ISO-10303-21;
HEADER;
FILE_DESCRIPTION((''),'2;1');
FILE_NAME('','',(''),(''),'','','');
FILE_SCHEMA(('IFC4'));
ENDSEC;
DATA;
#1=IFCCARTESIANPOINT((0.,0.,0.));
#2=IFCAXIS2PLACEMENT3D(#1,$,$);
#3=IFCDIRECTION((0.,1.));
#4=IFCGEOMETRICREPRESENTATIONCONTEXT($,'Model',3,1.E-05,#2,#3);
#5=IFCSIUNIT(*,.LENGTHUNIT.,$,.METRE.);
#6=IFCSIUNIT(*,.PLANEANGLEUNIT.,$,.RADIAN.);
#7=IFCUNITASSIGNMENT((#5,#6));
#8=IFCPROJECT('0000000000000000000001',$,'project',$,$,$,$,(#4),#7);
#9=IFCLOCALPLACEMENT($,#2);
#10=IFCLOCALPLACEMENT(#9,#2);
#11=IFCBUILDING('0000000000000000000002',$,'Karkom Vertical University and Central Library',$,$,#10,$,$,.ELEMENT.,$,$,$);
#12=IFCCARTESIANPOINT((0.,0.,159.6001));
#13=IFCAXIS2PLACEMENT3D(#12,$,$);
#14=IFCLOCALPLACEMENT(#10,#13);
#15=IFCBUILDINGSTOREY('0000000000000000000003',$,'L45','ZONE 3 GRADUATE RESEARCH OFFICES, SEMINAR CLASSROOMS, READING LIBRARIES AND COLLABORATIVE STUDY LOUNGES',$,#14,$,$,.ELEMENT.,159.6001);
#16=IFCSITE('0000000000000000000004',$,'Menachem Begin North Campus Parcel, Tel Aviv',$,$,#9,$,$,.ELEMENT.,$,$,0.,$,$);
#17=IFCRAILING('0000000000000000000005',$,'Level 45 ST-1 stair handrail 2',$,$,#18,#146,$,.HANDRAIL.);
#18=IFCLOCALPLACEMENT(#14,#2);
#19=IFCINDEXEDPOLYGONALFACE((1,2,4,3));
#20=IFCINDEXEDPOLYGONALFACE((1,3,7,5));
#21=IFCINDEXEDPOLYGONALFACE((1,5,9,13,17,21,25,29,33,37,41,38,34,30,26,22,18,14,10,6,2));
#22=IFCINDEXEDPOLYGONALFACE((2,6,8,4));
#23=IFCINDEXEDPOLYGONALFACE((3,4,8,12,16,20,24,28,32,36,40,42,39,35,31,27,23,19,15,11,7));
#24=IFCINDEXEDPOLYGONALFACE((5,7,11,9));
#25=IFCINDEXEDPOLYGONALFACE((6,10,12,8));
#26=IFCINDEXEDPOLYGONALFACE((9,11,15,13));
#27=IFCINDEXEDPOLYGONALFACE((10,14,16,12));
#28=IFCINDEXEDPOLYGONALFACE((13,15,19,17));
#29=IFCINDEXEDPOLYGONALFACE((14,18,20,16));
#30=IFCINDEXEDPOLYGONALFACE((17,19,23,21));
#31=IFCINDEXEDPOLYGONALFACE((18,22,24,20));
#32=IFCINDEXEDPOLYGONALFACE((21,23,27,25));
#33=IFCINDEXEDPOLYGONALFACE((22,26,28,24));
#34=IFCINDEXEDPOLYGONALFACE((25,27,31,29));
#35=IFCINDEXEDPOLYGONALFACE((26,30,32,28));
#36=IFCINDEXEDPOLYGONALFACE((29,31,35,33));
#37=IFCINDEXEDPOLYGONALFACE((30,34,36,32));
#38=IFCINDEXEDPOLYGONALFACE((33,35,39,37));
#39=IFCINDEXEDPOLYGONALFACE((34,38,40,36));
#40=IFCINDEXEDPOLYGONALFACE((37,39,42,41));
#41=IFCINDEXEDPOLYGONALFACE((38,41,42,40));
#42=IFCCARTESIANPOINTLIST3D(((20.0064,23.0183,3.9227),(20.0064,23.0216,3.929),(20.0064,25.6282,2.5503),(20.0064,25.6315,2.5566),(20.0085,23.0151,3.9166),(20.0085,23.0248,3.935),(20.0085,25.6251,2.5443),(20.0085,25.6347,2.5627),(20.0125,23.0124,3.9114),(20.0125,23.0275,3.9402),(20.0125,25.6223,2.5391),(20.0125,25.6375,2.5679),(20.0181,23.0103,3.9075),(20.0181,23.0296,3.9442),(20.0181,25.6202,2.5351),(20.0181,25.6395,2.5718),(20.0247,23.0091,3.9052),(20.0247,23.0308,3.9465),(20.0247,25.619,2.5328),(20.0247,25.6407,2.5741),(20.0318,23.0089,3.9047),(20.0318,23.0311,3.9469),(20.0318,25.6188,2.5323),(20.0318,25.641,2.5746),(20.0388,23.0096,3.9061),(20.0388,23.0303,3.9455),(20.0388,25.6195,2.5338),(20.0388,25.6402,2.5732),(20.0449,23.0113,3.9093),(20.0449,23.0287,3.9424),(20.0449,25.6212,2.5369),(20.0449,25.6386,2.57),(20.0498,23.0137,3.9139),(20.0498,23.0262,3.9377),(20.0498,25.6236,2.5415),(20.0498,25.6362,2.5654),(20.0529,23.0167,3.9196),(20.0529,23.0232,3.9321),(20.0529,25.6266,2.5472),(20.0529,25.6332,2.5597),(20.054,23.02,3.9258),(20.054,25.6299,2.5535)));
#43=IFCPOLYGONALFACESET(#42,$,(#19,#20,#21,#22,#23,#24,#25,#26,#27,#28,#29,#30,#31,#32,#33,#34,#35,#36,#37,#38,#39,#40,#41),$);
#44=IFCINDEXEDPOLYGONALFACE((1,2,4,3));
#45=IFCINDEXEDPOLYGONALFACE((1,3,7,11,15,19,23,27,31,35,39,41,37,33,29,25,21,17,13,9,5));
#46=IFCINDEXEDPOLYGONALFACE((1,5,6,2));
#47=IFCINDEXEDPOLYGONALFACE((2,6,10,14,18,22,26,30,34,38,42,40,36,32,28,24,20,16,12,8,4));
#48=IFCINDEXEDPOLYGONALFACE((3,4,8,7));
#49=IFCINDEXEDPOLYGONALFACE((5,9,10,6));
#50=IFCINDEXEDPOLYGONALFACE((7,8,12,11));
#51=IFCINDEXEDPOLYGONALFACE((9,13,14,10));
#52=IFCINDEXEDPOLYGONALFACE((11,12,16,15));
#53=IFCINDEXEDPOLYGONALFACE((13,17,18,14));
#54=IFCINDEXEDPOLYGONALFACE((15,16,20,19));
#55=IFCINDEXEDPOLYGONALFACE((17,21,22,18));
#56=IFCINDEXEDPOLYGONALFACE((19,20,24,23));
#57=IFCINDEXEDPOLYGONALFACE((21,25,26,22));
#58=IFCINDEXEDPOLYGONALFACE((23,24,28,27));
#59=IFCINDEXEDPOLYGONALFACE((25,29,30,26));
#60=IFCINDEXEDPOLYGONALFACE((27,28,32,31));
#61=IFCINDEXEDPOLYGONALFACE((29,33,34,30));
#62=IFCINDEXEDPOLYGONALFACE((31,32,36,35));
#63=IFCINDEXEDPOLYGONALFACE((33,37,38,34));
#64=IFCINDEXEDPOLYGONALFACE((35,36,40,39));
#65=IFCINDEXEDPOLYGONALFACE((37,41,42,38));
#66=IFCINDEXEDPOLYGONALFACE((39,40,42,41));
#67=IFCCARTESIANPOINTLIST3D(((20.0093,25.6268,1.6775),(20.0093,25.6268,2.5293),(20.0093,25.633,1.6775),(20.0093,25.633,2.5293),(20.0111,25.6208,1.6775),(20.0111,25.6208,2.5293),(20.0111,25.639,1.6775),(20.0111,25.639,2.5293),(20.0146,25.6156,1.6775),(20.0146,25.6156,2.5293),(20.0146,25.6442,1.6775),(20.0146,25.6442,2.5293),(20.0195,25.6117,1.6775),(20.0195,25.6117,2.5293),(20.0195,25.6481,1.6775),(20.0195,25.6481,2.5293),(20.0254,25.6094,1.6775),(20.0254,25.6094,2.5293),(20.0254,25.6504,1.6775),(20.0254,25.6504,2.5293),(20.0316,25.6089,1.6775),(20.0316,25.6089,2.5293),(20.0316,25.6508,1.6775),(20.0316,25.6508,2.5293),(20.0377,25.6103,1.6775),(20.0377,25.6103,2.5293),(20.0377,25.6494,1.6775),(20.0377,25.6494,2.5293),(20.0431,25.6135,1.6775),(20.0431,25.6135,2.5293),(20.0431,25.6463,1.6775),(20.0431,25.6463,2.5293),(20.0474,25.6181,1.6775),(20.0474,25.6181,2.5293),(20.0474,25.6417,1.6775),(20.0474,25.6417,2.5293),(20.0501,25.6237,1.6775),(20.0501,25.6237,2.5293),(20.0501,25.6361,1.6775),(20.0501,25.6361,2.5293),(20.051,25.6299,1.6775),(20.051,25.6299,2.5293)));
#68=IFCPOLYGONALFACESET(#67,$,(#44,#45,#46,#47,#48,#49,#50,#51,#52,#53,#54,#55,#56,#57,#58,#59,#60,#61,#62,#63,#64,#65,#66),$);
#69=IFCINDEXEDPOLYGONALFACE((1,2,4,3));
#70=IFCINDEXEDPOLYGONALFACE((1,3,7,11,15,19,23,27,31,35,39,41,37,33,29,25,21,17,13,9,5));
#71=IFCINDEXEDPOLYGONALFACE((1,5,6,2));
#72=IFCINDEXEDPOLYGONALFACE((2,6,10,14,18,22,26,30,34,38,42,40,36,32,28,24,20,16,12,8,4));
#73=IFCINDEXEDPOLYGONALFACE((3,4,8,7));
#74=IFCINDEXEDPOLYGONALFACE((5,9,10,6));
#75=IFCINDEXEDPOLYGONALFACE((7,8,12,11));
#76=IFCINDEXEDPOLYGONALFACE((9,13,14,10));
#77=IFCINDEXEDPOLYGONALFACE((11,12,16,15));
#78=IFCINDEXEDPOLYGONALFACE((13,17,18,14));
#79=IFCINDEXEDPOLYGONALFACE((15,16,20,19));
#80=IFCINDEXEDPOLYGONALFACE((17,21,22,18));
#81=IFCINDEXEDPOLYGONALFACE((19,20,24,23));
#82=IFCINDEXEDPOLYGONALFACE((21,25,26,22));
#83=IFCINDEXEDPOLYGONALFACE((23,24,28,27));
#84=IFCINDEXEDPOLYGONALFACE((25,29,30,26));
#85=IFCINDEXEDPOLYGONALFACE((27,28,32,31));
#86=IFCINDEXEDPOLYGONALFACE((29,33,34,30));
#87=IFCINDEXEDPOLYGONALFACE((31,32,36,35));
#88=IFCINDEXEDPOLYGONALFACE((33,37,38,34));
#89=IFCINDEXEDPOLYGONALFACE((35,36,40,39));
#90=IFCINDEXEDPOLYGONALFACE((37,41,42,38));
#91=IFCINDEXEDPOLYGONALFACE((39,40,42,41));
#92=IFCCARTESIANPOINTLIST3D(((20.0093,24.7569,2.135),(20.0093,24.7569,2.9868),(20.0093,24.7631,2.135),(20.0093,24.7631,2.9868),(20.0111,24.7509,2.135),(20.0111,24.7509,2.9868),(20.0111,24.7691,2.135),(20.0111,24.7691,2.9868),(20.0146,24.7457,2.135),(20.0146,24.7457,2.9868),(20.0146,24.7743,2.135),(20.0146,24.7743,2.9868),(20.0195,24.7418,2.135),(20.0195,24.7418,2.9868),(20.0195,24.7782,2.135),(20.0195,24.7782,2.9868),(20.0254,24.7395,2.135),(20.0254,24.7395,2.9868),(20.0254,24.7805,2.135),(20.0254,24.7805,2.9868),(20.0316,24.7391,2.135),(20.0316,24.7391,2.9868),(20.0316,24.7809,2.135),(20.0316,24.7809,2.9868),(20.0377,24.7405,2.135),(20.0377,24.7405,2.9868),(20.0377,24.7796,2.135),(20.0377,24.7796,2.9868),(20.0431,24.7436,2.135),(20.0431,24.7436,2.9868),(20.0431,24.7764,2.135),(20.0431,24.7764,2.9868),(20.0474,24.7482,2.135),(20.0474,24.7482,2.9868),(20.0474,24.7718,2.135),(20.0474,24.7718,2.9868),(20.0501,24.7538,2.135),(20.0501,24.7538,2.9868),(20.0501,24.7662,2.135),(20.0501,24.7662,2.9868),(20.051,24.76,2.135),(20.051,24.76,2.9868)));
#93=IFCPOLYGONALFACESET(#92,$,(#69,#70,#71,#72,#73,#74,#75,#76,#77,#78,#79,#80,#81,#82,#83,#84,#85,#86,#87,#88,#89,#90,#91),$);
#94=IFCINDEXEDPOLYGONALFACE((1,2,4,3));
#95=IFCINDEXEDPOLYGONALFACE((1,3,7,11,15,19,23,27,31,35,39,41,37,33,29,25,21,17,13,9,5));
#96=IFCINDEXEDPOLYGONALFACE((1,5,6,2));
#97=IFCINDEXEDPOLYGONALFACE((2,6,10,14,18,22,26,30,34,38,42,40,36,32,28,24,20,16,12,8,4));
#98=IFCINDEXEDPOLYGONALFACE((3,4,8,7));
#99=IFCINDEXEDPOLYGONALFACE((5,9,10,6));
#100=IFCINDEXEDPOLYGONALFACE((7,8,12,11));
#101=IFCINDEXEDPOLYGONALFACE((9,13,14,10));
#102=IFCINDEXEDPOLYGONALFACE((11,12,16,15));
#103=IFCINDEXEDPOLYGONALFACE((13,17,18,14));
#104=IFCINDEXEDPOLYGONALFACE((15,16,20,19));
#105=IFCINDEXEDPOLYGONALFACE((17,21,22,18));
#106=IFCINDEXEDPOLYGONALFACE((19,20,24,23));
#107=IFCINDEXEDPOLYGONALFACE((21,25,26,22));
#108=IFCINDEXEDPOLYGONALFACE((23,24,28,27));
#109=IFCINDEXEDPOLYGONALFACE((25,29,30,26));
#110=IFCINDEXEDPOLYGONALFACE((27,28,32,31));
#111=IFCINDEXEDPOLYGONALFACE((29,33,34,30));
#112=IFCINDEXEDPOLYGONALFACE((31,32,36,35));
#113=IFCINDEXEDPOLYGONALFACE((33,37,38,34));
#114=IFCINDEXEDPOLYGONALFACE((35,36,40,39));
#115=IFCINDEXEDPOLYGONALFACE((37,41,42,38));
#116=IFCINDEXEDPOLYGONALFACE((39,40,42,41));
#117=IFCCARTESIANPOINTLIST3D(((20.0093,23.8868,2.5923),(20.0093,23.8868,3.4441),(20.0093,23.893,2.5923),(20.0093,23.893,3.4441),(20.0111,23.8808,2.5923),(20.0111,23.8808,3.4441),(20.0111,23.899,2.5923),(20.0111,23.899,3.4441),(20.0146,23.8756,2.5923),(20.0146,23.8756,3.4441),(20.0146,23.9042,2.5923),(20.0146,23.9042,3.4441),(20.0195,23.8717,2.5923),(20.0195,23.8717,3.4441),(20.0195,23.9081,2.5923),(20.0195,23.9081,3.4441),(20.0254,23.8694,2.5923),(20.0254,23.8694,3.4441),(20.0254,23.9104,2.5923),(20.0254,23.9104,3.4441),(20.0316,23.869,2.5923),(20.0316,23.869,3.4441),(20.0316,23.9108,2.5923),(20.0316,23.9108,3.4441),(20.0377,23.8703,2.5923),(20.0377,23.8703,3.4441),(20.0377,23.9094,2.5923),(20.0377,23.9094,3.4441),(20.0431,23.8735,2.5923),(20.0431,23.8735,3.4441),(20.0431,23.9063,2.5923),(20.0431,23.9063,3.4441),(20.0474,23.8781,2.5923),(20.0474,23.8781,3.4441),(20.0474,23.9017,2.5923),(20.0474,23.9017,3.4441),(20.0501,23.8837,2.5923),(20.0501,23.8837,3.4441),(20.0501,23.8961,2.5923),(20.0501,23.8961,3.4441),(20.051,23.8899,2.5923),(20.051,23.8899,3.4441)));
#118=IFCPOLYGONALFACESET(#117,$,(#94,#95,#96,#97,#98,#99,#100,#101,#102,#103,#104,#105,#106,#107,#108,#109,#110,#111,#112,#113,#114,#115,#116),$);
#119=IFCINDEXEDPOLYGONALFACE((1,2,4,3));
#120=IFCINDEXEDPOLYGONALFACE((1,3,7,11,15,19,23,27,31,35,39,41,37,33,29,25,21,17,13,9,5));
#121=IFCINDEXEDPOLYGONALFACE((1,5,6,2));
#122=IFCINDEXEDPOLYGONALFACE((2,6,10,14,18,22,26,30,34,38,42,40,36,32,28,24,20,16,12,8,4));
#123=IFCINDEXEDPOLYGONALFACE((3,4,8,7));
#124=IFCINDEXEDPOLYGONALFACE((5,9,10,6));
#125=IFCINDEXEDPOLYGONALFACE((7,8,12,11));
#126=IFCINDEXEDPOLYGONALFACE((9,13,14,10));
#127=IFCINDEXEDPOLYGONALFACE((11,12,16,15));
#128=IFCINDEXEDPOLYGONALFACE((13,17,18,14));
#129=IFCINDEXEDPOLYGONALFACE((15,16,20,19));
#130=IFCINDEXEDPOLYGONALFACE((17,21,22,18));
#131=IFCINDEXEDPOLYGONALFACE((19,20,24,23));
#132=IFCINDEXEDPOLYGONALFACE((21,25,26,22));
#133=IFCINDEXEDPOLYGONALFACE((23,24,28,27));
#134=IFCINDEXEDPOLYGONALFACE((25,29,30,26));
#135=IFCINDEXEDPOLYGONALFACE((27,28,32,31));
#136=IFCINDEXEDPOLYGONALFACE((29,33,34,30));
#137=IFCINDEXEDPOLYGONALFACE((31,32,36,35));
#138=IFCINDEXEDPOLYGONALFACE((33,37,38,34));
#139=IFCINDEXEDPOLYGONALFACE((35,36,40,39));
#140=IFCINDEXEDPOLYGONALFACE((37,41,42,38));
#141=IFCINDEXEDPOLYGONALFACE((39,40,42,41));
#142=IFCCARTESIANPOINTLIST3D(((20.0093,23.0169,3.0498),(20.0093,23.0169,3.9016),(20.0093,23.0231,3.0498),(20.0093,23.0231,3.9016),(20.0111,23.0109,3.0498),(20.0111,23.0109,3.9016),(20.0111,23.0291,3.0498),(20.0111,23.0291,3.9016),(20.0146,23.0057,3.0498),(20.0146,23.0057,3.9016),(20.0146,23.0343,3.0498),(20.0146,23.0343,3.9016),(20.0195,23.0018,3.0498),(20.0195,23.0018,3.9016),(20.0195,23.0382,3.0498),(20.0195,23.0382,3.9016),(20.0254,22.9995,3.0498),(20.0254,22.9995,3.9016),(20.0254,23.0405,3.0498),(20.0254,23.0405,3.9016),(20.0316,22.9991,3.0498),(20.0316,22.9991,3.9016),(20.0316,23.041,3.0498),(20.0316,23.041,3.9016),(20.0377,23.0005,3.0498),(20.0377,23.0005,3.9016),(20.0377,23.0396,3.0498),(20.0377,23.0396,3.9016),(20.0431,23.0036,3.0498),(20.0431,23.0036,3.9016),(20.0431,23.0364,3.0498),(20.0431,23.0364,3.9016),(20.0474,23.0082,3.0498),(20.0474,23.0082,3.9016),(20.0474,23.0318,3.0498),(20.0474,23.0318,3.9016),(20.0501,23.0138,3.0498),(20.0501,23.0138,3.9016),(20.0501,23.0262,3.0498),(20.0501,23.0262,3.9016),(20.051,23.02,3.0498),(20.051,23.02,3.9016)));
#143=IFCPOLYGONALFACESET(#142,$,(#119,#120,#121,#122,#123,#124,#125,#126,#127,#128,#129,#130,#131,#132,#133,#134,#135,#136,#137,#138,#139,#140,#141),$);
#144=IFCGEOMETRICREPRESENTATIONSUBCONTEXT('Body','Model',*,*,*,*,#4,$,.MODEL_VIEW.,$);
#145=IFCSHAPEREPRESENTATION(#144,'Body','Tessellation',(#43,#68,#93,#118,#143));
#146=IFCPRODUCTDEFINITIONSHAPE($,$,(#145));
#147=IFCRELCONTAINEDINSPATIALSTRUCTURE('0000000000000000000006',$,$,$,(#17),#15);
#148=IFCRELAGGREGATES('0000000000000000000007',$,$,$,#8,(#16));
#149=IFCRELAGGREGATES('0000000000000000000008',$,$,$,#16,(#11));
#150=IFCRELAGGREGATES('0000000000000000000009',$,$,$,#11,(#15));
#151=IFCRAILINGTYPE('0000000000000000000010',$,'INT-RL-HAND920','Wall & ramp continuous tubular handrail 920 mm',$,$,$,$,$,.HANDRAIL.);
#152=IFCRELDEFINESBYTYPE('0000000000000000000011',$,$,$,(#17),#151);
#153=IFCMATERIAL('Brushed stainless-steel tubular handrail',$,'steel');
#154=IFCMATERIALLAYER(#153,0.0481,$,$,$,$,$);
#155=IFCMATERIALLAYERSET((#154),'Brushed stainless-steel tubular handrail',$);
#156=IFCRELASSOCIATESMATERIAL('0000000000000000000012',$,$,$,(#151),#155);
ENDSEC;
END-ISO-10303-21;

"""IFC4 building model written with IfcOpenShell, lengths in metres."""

from ifc_helpers import new_model, si_unit, direction, frame, origin, origin_2d, place, context, subcontext, project, spatial, circle, extrude, material, layer, layer_set, type_object, element, save


model = new_model("IFC4")

# Units and contexts
model_context = context("Model", 3, precision=1e-05, world=origin(), true_north=direction((0.0, 1.0)))
body_context = subcontext(model_context, "Body", "Model", "MODEL_VIEW")
ifc_project = project(units=[si_unit("LENGTHUNIT", "METRE"), si_unit("PLANEANGLEUNIT", "RADIAN")], contexts=[model_context])

# Site, building, storey
site_placement = place(None, origin())
site = spatial("IfcSite", under=ifc_project, at=site_placement, Name="Menachem Begin North Campus Parcel, Tel Aviv", CompositionType="ELEMENT", RefElevation=0.0)
building_placement = place(site_placement, origin())
building = spatial("IfcBuilding", under=site, at=building_placement, Name="Karkom Vertical University and Central Library", CompositionType="ELEMENT")
storey_placement = place(building_placement, frame((0.0, 0.0, 159.6001)))
storey = spatial("IfcBuildingStorey", under=building, at=storey_placement, Name="L45", Description="ZONE 3 GRADUATE RESEARCH OFFICES, SEMINAR CLASSROOMS, READING LIBRARIES AND COLLABORATIVE STUDY LOUNGES", CompositionType="ELEMENT", Elevation=159.6001)

# Railing
ifc_material_1 = material(Name="Brushed stainless-steel tubular handrail", Category="steel")
ifc_layer_1 = layer(ifc_material_1, 0.0481)
ifc_layer_set_1 = layer_set([ifc_layer_1], Name="Brushed stainless-steel tubular handrail")
railing_type_1 = type_object("IfcRailingType", Name="INT-RL-HAND920", Description="Wall & ramp continuous tubular handrail 920 mm", PredefinedType="HANDRAIL", material=ifc_layer_set_1)
railing_1_placement = place(storey_placement, frame((20.03, 25.6299, 1.6775)))
element("IfcRailing", 1, at=railing_1_placement, inside=storey, type_object=railing_type_1, Name="Level 45 ST-1 stair handrail 2", PredefinedType="HANDRAIL", context=body_context, shape_type="SweptSolid", body=[
    extrude(circle(Radius=0.0239, at=origin_2d()), frame((0.0, 0.0, 0.876), z_axis=(0.0, -0.8851, 0.465402), x_axis=(1.0, 0.0, 0.0)), (0.0, 0.0, 1.0), 2.9487),
    extrude(circle(Radius=0.021, at=origin_2d()), origin(), (0.0, 0.0, 1.0), 0.8518),
    extrude(circle(Radius=0.021, at=origin_2d()), frame((0.0, -0.8699, 0.4575)), (0.0, 0.0, 1.0), 0.8518),
    extrude(circle(Radius=0.021, at=origin_2d()), frame((0.0, -1.74, 0.9148)), (0.0, 0.0, 1.0), 0.8518),
    extrude(circle(Radius=0.021, at=origin_2d()), frame((0.0, -2.6099, 1.3723)), (0.0, 0.0, 1.0), 0.8518),
])

save(model, "model.ifc")
